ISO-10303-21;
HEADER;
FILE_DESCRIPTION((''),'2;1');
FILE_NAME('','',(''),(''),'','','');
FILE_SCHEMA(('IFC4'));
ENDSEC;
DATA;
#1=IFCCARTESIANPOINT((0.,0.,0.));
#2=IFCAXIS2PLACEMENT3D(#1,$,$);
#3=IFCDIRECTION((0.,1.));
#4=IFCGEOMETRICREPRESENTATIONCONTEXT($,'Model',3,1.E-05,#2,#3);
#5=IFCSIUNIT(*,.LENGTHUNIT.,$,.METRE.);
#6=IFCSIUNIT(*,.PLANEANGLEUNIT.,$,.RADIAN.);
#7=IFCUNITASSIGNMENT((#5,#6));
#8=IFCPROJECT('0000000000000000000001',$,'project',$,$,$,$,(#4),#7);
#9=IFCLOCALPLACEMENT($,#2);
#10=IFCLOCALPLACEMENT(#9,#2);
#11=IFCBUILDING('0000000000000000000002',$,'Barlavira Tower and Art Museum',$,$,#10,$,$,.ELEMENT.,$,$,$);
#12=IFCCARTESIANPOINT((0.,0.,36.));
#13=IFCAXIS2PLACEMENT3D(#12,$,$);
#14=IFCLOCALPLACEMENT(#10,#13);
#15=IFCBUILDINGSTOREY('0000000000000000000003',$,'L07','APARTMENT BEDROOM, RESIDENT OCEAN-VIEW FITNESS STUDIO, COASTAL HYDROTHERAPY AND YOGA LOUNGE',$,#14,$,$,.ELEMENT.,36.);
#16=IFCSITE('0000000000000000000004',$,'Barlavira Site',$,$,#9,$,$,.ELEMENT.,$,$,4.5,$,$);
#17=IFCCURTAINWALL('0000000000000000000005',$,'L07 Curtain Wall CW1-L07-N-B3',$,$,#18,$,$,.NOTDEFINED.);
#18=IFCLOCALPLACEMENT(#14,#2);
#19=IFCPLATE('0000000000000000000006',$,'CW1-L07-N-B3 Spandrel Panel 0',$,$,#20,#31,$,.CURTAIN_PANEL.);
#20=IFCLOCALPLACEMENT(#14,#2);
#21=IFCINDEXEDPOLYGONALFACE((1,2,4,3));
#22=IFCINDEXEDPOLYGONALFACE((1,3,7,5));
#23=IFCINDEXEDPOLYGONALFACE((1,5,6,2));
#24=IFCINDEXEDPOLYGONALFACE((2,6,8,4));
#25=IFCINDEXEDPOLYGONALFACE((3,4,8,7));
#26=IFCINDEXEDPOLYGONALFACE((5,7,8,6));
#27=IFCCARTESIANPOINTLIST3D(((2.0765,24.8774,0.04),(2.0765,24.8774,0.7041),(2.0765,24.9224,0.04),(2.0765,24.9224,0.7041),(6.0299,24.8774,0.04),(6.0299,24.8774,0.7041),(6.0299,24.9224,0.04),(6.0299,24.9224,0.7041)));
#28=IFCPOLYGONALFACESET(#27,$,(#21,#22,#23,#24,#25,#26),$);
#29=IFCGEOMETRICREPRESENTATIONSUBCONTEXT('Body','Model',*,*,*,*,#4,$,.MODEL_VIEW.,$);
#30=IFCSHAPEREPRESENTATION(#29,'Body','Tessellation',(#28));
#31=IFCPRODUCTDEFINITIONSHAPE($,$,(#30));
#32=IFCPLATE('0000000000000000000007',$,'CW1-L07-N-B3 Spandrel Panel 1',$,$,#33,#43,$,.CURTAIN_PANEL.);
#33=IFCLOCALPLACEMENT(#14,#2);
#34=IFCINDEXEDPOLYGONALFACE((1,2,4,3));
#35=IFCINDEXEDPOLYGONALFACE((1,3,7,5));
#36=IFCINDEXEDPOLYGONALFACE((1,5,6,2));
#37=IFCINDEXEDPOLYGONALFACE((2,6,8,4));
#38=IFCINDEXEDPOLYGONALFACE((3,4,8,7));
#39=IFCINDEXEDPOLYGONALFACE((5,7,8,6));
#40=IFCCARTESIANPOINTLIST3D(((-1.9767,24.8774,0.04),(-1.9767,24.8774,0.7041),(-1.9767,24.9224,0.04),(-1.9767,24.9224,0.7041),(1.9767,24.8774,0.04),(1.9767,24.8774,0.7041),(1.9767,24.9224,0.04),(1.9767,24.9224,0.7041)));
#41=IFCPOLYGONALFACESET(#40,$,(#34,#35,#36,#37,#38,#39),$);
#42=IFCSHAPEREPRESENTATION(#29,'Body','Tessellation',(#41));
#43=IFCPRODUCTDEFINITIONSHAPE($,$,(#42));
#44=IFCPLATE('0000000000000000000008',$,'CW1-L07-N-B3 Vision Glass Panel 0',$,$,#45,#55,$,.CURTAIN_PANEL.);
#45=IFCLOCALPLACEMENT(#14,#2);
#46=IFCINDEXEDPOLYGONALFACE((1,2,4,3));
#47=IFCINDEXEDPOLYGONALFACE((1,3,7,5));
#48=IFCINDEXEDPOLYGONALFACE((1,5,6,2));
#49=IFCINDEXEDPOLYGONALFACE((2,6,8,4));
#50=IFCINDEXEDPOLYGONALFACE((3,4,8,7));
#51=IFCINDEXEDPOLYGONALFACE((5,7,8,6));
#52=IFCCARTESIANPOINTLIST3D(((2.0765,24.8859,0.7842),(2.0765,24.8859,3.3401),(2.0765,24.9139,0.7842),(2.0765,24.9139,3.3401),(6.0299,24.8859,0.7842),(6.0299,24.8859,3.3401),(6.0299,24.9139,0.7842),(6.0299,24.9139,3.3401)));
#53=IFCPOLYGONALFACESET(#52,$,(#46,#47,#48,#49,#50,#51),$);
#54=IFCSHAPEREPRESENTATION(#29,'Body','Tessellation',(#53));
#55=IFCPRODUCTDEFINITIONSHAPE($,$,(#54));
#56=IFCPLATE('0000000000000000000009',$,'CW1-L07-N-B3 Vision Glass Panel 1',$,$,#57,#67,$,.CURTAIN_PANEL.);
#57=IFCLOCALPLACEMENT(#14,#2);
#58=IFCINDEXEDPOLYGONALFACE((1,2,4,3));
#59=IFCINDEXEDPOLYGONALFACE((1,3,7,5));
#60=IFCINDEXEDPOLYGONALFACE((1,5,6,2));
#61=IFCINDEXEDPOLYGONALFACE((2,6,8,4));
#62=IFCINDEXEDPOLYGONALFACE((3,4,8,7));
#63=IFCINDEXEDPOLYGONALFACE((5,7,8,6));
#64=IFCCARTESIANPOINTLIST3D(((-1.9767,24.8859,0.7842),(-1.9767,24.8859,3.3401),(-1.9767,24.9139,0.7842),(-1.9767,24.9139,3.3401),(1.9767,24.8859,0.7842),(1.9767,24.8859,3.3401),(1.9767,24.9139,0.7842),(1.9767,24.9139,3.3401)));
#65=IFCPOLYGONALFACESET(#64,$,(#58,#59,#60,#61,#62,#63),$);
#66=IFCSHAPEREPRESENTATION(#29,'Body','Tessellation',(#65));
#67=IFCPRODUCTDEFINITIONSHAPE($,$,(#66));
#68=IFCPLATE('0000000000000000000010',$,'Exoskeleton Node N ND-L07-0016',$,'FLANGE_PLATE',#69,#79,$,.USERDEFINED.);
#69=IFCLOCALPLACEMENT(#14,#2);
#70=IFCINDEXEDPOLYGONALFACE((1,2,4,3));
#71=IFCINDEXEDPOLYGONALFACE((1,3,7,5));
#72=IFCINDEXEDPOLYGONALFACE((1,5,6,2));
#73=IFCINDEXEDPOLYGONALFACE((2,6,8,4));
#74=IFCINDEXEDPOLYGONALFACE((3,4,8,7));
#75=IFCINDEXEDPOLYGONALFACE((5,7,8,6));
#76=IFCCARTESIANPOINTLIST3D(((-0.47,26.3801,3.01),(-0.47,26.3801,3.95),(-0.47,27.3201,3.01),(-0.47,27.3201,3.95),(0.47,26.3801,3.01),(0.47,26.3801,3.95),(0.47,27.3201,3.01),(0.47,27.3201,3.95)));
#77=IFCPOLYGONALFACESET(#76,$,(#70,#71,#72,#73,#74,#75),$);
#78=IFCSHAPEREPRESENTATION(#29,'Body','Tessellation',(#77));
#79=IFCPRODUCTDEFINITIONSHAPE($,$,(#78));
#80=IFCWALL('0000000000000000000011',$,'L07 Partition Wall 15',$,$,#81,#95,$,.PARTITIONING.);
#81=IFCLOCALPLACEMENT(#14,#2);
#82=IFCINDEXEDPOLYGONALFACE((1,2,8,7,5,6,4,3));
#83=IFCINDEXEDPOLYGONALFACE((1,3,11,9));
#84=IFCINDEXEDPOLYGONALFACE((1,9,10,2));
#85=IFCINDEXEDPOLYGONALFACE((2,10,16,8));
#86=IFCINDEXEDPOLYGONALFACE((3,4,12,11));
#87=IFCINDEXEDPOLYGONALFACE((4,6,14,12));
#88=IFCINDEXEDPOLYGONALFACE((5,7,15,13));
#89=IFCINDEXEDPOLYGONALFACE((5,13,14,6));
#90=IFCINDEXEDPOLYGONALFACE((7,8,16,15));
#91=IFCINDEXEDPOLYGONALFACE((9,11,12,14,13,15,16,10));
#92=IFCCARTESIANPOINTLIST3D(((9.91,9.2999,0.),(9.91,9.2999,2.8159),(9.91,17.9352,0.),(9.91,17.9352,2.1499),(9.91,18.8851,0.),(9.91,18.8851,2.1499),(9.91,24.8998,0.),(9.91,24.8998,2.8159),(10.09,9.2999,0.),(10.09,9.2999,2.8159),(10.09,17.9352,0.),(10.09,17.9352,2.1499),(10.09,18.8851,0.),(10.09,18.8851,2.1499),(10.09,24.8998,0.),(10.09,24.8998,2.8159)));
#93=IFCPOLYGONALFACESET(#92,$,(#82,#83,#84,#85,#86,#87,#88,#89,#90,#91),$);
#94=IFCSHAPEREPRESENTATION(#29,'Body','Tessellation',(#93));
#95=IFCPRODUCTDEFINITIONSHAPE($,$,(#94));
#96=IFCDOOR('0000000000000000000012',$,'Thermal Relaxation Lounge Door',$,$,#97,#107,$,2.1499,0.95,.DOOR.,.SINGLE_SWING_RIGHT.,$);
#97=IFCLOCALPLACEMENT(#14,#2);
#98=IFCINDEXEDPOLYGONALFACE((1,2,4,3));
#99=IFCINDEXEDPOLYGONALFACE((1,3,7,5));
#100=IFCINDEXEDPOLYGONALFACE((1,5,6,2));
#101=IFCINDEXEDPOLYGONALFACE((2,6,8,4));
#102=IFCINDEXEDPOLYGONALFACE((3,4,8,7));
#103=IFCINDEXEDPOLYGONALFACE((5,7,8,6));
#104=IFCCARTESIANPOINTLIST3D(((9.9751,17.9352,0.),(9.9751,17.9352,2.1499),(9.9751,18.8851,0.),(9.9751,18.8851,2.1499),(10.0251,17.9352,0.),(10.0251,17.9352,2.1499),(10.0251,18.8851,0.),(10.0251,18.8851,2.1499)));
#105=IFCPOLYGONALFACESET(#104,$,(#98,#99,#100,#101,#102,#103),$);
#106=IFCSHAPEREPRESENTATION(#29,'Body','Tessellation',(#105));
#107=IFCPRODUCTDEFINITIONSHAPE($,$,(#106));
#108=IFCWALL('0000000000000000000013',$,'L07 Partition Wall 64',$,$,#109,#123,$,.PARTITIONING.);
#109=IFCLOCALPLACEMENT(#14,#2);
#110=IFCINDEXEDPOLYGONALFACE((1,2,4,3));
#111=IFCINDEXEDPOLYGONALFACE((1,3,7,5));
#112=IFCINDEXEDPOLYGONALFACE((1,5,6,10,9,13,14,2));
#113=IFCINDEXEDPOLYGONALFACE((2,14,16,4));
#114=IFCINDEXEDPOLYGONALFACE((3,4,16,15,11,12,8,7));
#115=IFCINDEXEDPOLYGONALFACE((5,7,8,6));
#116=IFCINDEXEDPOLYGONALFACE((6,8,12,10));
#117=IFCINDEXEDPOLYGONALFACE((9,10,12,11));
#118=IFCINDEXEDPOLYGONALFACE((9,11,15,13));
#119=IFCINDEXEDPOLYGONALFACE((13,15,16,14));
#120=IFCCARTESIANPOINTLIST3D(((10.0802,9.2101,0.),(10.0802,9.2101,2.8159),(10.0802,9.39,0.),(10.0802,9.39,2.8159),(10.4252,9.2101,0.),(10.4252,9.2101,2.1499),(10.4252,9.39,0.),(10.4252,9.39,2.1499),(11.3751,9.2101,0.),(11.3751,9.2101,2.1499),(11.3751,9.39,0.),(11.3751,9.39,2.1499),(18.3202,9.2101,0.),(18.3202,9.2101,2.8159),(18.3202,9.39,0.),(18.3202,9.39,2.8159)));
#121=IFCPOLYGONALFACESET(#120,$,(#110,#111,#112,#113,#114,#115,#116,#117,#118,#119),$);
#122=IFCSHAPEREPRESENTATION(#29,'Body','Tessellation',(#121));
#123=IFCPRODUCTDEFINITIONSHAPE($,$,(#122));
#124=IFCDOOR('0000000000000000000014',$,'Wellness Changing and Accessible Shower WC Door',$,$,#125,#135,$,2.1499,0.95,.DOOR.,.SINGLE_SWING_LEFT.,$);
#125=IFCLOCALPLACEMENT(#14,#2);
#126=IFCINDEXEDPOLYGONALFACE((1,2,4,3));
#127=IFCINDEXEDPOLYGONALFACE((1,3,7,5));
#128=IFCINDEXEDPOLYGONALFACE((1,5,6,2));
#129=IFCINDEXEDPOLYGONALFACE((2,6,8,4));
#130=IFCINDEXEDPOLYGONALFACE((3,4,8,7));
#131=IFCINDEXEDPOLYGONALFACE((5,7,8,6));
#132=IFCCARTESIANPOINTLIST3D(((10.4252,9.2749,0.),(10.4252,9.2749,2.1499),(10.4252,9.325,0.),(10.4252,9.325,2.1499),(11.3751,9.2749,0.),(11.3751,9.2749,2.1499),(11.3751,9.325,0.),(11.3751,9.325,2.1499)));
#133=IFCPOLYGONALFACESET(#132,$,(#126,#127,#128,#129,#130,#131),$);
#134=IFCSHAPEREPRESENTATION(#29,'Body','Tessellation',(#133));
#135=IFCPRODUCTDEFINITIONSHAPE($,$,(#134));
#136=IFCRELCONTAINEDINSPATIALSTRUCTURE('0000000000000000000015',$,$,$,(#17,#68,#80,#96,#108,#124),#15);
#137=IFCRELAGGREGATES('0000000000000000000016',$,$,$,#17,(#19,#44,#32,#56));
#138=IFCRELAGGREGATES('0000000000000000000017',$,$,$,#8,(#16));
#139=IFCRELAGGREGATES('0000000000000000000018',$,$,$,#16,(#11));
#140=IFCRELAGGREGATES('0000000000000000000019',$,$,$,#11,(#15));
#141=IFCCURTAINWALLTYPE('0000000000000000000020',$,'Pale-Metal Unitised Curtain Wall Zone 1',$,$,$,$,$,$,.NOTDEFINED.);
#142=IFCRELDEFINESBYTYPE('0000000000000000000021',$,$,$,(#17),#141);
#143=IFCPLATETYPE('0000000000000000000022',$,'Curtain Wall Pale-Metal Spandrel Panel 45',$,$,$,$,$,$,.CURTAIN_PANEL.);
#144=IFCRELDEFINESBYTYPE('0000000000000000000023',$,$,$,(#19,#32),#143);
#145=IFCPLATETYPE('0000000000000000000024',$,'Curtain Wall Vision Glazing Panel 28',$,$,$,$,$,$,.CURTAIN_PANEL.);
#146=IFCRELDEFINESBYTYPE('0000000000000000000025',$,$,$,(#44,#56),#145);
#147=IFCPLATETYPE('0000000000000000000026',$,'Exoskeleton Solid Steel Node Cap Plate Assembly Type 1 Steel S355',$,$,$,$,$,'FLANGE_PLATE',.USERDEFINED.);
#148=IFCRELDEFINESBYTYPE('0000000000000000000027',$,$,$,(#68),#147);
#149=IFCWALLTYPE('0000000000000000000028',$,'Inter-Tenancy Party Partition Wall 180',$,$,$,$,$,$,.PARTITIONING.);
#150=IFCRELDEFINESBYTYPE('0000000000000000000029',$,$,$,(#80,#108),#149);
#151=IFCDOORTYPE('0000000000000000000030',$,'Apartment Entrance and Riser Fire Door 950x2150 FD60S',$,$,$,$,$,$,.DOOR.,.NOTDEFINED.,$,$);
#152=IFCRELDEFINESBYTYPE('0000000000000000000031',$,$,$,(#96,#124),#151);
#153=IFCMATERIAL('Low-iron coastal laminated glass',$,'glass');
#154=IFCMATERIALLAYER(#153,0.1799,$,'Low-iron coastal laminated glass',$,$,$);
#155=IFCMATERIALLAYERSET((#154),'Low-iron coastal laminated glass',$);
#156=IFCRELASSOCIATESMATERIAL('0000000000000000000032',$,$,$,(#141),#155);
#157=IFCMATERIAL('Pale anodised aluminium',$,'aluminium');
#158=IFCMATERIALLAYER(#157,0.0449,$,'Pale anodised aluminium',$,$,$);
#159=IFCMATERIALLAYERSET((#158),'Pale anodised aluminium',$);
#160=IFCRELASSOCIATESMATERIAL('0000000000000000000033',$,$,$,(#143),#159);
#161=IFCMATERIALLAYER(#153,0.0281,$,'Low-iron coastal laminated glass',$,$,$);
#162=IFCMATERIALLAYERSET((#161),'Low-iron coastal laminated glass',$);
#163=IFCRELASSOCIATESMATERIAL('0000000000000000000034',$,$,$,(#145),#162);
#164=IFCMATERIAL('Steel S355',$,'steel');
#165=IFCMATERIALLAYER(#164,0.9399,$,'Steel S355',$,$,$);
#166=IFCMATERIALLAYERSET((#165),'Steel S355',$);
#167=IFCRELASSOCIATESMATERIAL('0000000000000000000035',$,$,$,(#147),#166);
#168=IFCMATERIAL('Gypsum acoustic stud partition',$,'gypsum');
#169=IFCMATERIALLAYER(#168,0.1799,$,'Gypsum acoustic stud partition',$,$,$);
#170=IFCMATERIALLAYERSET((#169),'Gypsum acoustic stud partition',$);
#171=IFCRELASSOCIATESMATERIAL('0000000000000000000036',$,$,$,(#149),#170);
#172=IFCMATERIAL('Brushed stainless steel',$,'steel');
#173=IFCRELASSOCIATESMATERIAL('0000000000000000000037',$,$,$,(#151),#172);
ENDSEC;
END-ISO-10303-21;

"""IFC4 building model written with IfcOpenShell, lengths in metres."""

from ifc_helpers import new_model, si_unit, direction, frame, frame_2d, origin, origin_2d, place, context, subcontext, project, spatial, rectangle, extrude, material, layer, layer_set, type_object, element, fill, aggregate, save


model = new_model("IFC4")

# Units and contexts
model_context = context("Model", 3, precision=1e-05, world=origin(), true_north=direction((0.0, 1.0)))
body_context = subcontext(model_context, "Body", "Model", "MODEL_VIEW")
ifc_project = project(units=[si_unit("LENGTHUNIT", "METRE"), si_unit("PLANEANGLEUNIT", "RADIAN")], contexts=[model_context])

# Site, building, storey
site_placement = place(None, origin())
site = spatial("IfcSite", under=ifc_project, at=site_placement, Name="Barlavira Site", CompositionType="ELEMENT", RefElevation=4.5)
building_placement = place(site_placement, origin())
building = spatial("IfcBuilding", under=site, at=building_placement, Name="Barlavira Tower and Art Museum", CompositionType="ELEMENT")
storey_placement = place(building_placement, frame((0.0, 0.0, 36.0)))
storey = spatial("IfcBuildingStorey", under=building, at=storey_placement, Name="L07", Description="APARTMENT BEDROOM, RESIDENT OCEAN-VIEW FITNESS STUDIO, COASTAL HYDROTHERAPY AND YOGA LOUNGE", CompositionType="ELEMENT", Elevation=36.0)

# Curtain wall
ifc_material_1 = material(Name="Low-iron coastal laminated glass", Category="glass")
ifc_layer_1 = layer(ifc_material_1, 0.1799, Name="Low-iron coastal laminated glass")
ifc_layer_set_1 = layer_set([ifc_layer_1], Name="Low-iron coastal laminated glass")
curtain_wall_type = type_object("IfcCurtainWallType", Name="Pale-Metal Unitised Curtain Wall Zone 1", PredefinedType="NOTDEFINED", material=ifc_layer_set_1)
curtain_wall_placement = place(storey_placement, origin())
curtain_wall = element("IfcCurtainWall", 1, at=curtain_wall_placement, inside=storey, type_object=curtain_wall_type, Name="L07 Curtain Wall CW1-L07-N-B3", PredefinedType="NOTDEFINED")
ifc_material_2 = material(Name="Pale anodised aluminium", Category="aluminium")

# Shared definitions
ifc_material_3 = material(Name="Steel S355", Category="steel")

# Plates
ifc_layer_2 = layer(ifc_material_2, 0.0449, Name="Pale anodised aluminium")
ifc_layer_set_2 = layer_set([ifc_layer_2], Name="Pale anodised aluminium")
plate_type_1 = type_object("IfcPlateType", Name="Curtain Wall Pale-Metal Spandrel Panel 45", PredefinedType="CURTAIN_PANEL", material=ifc_layer_set_2)
plate_1_placement = place(storey_placement, frame((4.0532, 24.8999, 0.04), z_axis=(0.0, 0.0, 1.0), x_axis=(-1.0, 0.0, 0.0)))
plate_1 = element("IfcPlate", 2, at=plate_1_placement, type_object=plate_type_1, Name="CW1-L07-N-B3 Spandrel Panel 0", PredefinedType="CURTAIN_PANEL", context=body_context, shape_type="SweptSolid", body=[
    extrude(rectangle(XDim=3.9534, YDim=0.0449, at=origin_2d()), origin(), (0.0, 0.0, 1.0), 0.6641),
])
plate_2_placement = place(storey_placement, frame((0.0, 24.8999, 0.04), z_axis=(0.0, 0.0, 1.0), x_axis=(-1.0, 0.0, 0.0)))
plate_2 = element("IfcPlate", 3, at=plate_2_placement, type_object=plate_type_1, Name="CW1-L07-N-B3 Spandrel Panel 1", PredefinedType="CURTAIN_PANEL", context=body_context, shape_type="SweptSolid", body=[
    extrude(rectangle(XDim=3.9534, YDim=0.0449, at=origin_2d()), origin(), (0.0, 0.0, 1.0), 0.6641),
])
ifc_layer_3 = layer(ifc_material_1, 0.0281, Name="Low-iron coastal laminated glass")
ifc_layer_set_3 = layer_set([ifc_layer_3], Name="Low-iron coastal laminated glass")
plate_type_2 = type_object("IfcPlateType", Name="Curtain Wall Vision Glazing Panel 28", PredefinedType="CURTAIN_PANEL", material=ifc_layer_set_3)
plate_3_placement = place(storey_placement, frame((4.0532, 24.8999, 0.7842), z_axis=(0.0, 0.0, 1.0), x_axis=(-1.0, 0.0, 0.0)))
plate_3 = element("IfcPlate", 4, at=plate_3_placement, type_object=plate_type_2, Name="CW1-L07-N-B3 Vision Glass Panel 0", PredefinedType="CURTAIN_PANEL", context=body_context, shape_type="SweptSolid", body=[
    extrude(rectangle(XDim=3.9534, YDim=0.0281, at=origin_2d()), origin(), (0.0, 0.0, 1.0), 2.5559),
])
plate_4_placement = place(storey_placement, frame((0.0, 24.8999, 0.7842), z_axis=(0.0, 0.0, 1.0), x_axis=(-1.0, 0.0, 0.0)))
plate_4 = element("IfcPlate", 5, at=plate_4_placement, type_object=plate_type_2, Name="CW1-L07-N-B3 Vision Glass Panel 1", PredefinedType="CURTAIN_PANEL", context=body_context, shape_type="SweptSolid", body=[
    extrude(rectangle(XDim=3.9534, YDim=0.0281, at=origin_2d()), origin(), (0.0, 0.0, 1.0), 2.5559),
])
aggregate(curtain_wall, [plate_1, plate_3, plate_2, plate_4])
ifc_layer_4 = layer(ifc_material_3, 0.9399, Name="Steel S355")
ifc_layer_set_4 = layer_set([ifc_layer_4], Name="Steel S355")
plate_type_3 = type_object("IfcPlateType", Name="Exoskeleton Solid Steel Node Cap Plate Assembly Type 1 Steel S355", ElementType="FLANGE_PLATE", PredefinedType="USERDEFINED", material=ifc_layer_set_4)
plate_5_placement = place(storey_placement, frame((0.0, 26.8501, 3.01), z_axis=(0.0, 0.0, 1.0), x_axis=(1.0, 0.0, 0.0)))
element("IfcPlate", 6, at=plate_5_placement, inside=storey, type_object=plate_type_3, Name="Exoskeleton Node N ND-L07-0016", ObjectType="FLANGE_PLATE", PredefinedType="USERDEFINED", context=body_context, shape_type="SweptSolid", body=[
    extrude(rectangle(XDim=0.9399, YDim=0.9399, at=origin_2d()), origin(), (0.0, 0.0, 1.0), 0.9399),
])

# Walls, openings, doors
ifc_material_4 = material(Name="Gypsum acoustic stud partition", Category="gypsum")
ifc_layer_5 = layer(ifc_material_4, 0.1799, Name="Gypsum acoustic stud partition")
ifc_layer_set_5 = layer_set([ifc_layer_5], Name="Gypsum acoustic stud partition")
wall_type = type_object("IfcWallType", Name="Inter-Tenancy Party Partition Wall 180", PredefinedType="PARTITIONING", material=ifc_layer_set_5)
wall_1_placement = place(storey_placement, frame((10.0, 9.3, 0.0), z_axis=(0.0, 0.0, 1.0), x_axis=(0.0, 1.0, 0.0)))
wall_1 = element("IfcWall", 7, at=wall_1_placement, inside=storey, type_object=wall_type, Name="L07 Partition Wall 15", PredefinedType="PARTITIONING", context=body_context, shape_type="SweptSolid", body=[
    extrude(rectangle(XDim=15.5999, YDim=0.1799, at=frame_2d((7.7998, 0.0))), origin(), (0.0, 0.0, 1.0), 2.8159),
])
opening_1_placement = place(wall_1_placement, frame((8.635, 0.0, 0.0)))
opening_1 = element("IfcOpeningElement", 8, at=opening_1_placement, cuts=wall_1, PredefinedType="OPENING", context=body_context, shape_type="SweptSolid", body=[
    extrude(rectangle(XDim=0.95, YDim=2.1499, at=frame_2d((0.4751, 1.075))), frame((0.0, 0.1001, 0.0), z_axis=(0.0, -1.0, 0.0), x_axis=(1.0, 0.0, 0.0)), (0.0, 0.0, 1.0), 0.2),
])
ifc_material_5 = material(Name="Brushed stainless steel", Category="steel")
door_type = type_object("IfcDoorType", Name="Apartment Entrance and Riser Fire Door 950x2150 FD60S", OperationType="NOTDEFINED", PredefinedType="DOOR", material=ifc_material_5)
door_1_placement = place(opening_1_placement, origin())
door_1 = element("IfcDoor", 9, at=door_1_placement, inside=storey, type_object=door_type, Name="Thermal Relaxation Lounge Door", OperationType="SINGLE_SWING_RIGHT", OverallHeight=2.1499, OverallWidth=0.95, PredefinedType="DOOR", context=body_context, shape_type="SweptSolid", body=[
    extrude(rectangle(XDim=0.95, YDim=2.1499, at=frame_2d((0.4751, 1.075))), frame((0.0, 0.0249, 0.0), z_axis=(0.0, -1.0, 0.0), x_axis=(1.0, 0.0, 0.0)), (0.0, 0.0, 1.0), 0.05),
])
fill(opening_1, door_1)
wall_2_placement = place(storey_placement, frame((10.0801, 9.3, 0.0), z_axis=(0.0, 0.0, 1.0), x_axis=(1.0, 0.0, 0.0)))
wall_2 = element("IfcWall", 10, at=wall_2_placement, inside=storey, type_object=wall_type, Name="L07 Partition Wall 64", PredefinedType="PARTITIONING", context=body_context, shape_type="SweptSolid", body=[
    extrude(rectangle(XDim=8.24, YDim=0.1799, at=frame_2d((4.1201, 0.0))), origin(), (0.0, 0.0, 1.0), 2.8159),
])
opening_2_placement = place(wall_2_placement, frame((0.345, 0.0, 0.0)))
opening_2 = element("IfcOpeningElement", 11, at=opening_2_placement, cuts=wall_2, PredefinedType="OPENING", context=body_context, shape_type="SweptSolid", body=[
    extrude(rectangle(XDim=0.95, YDim=2.1499, at=frame_2d((0.4751, 1.075))), frame((0.0, 0.1001, 0.0), z_axis=(0.0, -1.0, 0.0), x_axis=(1.0, 0.0, 0.0)), (0.0, 0.0, 1.0), 0.2),
])
door_2_placement = place(opening_2_placement, origin())
door_2 = element("IfcDoor", 12, at=door_2_placement, inside=storey, type_object=door_type, Name="Wellness Changing and Accessible Shower WC Door", OperationType="SINGLE_SWING_LEFT", OverallHeight=2.1499, OverallWidth=0.95, PredefinedType="DOOR", context=body_context, shape_type="SweptSolid", body=[
    extrude(rectangle(XDim=0.95, YDim=2.1499, at=frame_2d((0.4751, 1.075))), frame((0.0, 0.0249, 0.0), z_axis=(0.0, -1.0, 0.0), x_axis=(1.0, 0.0, 0.0)), (0.0, 0.0, 1.0), 0.05),
])
fill(opening_2, door_2)

save(model, "model.ifc")
